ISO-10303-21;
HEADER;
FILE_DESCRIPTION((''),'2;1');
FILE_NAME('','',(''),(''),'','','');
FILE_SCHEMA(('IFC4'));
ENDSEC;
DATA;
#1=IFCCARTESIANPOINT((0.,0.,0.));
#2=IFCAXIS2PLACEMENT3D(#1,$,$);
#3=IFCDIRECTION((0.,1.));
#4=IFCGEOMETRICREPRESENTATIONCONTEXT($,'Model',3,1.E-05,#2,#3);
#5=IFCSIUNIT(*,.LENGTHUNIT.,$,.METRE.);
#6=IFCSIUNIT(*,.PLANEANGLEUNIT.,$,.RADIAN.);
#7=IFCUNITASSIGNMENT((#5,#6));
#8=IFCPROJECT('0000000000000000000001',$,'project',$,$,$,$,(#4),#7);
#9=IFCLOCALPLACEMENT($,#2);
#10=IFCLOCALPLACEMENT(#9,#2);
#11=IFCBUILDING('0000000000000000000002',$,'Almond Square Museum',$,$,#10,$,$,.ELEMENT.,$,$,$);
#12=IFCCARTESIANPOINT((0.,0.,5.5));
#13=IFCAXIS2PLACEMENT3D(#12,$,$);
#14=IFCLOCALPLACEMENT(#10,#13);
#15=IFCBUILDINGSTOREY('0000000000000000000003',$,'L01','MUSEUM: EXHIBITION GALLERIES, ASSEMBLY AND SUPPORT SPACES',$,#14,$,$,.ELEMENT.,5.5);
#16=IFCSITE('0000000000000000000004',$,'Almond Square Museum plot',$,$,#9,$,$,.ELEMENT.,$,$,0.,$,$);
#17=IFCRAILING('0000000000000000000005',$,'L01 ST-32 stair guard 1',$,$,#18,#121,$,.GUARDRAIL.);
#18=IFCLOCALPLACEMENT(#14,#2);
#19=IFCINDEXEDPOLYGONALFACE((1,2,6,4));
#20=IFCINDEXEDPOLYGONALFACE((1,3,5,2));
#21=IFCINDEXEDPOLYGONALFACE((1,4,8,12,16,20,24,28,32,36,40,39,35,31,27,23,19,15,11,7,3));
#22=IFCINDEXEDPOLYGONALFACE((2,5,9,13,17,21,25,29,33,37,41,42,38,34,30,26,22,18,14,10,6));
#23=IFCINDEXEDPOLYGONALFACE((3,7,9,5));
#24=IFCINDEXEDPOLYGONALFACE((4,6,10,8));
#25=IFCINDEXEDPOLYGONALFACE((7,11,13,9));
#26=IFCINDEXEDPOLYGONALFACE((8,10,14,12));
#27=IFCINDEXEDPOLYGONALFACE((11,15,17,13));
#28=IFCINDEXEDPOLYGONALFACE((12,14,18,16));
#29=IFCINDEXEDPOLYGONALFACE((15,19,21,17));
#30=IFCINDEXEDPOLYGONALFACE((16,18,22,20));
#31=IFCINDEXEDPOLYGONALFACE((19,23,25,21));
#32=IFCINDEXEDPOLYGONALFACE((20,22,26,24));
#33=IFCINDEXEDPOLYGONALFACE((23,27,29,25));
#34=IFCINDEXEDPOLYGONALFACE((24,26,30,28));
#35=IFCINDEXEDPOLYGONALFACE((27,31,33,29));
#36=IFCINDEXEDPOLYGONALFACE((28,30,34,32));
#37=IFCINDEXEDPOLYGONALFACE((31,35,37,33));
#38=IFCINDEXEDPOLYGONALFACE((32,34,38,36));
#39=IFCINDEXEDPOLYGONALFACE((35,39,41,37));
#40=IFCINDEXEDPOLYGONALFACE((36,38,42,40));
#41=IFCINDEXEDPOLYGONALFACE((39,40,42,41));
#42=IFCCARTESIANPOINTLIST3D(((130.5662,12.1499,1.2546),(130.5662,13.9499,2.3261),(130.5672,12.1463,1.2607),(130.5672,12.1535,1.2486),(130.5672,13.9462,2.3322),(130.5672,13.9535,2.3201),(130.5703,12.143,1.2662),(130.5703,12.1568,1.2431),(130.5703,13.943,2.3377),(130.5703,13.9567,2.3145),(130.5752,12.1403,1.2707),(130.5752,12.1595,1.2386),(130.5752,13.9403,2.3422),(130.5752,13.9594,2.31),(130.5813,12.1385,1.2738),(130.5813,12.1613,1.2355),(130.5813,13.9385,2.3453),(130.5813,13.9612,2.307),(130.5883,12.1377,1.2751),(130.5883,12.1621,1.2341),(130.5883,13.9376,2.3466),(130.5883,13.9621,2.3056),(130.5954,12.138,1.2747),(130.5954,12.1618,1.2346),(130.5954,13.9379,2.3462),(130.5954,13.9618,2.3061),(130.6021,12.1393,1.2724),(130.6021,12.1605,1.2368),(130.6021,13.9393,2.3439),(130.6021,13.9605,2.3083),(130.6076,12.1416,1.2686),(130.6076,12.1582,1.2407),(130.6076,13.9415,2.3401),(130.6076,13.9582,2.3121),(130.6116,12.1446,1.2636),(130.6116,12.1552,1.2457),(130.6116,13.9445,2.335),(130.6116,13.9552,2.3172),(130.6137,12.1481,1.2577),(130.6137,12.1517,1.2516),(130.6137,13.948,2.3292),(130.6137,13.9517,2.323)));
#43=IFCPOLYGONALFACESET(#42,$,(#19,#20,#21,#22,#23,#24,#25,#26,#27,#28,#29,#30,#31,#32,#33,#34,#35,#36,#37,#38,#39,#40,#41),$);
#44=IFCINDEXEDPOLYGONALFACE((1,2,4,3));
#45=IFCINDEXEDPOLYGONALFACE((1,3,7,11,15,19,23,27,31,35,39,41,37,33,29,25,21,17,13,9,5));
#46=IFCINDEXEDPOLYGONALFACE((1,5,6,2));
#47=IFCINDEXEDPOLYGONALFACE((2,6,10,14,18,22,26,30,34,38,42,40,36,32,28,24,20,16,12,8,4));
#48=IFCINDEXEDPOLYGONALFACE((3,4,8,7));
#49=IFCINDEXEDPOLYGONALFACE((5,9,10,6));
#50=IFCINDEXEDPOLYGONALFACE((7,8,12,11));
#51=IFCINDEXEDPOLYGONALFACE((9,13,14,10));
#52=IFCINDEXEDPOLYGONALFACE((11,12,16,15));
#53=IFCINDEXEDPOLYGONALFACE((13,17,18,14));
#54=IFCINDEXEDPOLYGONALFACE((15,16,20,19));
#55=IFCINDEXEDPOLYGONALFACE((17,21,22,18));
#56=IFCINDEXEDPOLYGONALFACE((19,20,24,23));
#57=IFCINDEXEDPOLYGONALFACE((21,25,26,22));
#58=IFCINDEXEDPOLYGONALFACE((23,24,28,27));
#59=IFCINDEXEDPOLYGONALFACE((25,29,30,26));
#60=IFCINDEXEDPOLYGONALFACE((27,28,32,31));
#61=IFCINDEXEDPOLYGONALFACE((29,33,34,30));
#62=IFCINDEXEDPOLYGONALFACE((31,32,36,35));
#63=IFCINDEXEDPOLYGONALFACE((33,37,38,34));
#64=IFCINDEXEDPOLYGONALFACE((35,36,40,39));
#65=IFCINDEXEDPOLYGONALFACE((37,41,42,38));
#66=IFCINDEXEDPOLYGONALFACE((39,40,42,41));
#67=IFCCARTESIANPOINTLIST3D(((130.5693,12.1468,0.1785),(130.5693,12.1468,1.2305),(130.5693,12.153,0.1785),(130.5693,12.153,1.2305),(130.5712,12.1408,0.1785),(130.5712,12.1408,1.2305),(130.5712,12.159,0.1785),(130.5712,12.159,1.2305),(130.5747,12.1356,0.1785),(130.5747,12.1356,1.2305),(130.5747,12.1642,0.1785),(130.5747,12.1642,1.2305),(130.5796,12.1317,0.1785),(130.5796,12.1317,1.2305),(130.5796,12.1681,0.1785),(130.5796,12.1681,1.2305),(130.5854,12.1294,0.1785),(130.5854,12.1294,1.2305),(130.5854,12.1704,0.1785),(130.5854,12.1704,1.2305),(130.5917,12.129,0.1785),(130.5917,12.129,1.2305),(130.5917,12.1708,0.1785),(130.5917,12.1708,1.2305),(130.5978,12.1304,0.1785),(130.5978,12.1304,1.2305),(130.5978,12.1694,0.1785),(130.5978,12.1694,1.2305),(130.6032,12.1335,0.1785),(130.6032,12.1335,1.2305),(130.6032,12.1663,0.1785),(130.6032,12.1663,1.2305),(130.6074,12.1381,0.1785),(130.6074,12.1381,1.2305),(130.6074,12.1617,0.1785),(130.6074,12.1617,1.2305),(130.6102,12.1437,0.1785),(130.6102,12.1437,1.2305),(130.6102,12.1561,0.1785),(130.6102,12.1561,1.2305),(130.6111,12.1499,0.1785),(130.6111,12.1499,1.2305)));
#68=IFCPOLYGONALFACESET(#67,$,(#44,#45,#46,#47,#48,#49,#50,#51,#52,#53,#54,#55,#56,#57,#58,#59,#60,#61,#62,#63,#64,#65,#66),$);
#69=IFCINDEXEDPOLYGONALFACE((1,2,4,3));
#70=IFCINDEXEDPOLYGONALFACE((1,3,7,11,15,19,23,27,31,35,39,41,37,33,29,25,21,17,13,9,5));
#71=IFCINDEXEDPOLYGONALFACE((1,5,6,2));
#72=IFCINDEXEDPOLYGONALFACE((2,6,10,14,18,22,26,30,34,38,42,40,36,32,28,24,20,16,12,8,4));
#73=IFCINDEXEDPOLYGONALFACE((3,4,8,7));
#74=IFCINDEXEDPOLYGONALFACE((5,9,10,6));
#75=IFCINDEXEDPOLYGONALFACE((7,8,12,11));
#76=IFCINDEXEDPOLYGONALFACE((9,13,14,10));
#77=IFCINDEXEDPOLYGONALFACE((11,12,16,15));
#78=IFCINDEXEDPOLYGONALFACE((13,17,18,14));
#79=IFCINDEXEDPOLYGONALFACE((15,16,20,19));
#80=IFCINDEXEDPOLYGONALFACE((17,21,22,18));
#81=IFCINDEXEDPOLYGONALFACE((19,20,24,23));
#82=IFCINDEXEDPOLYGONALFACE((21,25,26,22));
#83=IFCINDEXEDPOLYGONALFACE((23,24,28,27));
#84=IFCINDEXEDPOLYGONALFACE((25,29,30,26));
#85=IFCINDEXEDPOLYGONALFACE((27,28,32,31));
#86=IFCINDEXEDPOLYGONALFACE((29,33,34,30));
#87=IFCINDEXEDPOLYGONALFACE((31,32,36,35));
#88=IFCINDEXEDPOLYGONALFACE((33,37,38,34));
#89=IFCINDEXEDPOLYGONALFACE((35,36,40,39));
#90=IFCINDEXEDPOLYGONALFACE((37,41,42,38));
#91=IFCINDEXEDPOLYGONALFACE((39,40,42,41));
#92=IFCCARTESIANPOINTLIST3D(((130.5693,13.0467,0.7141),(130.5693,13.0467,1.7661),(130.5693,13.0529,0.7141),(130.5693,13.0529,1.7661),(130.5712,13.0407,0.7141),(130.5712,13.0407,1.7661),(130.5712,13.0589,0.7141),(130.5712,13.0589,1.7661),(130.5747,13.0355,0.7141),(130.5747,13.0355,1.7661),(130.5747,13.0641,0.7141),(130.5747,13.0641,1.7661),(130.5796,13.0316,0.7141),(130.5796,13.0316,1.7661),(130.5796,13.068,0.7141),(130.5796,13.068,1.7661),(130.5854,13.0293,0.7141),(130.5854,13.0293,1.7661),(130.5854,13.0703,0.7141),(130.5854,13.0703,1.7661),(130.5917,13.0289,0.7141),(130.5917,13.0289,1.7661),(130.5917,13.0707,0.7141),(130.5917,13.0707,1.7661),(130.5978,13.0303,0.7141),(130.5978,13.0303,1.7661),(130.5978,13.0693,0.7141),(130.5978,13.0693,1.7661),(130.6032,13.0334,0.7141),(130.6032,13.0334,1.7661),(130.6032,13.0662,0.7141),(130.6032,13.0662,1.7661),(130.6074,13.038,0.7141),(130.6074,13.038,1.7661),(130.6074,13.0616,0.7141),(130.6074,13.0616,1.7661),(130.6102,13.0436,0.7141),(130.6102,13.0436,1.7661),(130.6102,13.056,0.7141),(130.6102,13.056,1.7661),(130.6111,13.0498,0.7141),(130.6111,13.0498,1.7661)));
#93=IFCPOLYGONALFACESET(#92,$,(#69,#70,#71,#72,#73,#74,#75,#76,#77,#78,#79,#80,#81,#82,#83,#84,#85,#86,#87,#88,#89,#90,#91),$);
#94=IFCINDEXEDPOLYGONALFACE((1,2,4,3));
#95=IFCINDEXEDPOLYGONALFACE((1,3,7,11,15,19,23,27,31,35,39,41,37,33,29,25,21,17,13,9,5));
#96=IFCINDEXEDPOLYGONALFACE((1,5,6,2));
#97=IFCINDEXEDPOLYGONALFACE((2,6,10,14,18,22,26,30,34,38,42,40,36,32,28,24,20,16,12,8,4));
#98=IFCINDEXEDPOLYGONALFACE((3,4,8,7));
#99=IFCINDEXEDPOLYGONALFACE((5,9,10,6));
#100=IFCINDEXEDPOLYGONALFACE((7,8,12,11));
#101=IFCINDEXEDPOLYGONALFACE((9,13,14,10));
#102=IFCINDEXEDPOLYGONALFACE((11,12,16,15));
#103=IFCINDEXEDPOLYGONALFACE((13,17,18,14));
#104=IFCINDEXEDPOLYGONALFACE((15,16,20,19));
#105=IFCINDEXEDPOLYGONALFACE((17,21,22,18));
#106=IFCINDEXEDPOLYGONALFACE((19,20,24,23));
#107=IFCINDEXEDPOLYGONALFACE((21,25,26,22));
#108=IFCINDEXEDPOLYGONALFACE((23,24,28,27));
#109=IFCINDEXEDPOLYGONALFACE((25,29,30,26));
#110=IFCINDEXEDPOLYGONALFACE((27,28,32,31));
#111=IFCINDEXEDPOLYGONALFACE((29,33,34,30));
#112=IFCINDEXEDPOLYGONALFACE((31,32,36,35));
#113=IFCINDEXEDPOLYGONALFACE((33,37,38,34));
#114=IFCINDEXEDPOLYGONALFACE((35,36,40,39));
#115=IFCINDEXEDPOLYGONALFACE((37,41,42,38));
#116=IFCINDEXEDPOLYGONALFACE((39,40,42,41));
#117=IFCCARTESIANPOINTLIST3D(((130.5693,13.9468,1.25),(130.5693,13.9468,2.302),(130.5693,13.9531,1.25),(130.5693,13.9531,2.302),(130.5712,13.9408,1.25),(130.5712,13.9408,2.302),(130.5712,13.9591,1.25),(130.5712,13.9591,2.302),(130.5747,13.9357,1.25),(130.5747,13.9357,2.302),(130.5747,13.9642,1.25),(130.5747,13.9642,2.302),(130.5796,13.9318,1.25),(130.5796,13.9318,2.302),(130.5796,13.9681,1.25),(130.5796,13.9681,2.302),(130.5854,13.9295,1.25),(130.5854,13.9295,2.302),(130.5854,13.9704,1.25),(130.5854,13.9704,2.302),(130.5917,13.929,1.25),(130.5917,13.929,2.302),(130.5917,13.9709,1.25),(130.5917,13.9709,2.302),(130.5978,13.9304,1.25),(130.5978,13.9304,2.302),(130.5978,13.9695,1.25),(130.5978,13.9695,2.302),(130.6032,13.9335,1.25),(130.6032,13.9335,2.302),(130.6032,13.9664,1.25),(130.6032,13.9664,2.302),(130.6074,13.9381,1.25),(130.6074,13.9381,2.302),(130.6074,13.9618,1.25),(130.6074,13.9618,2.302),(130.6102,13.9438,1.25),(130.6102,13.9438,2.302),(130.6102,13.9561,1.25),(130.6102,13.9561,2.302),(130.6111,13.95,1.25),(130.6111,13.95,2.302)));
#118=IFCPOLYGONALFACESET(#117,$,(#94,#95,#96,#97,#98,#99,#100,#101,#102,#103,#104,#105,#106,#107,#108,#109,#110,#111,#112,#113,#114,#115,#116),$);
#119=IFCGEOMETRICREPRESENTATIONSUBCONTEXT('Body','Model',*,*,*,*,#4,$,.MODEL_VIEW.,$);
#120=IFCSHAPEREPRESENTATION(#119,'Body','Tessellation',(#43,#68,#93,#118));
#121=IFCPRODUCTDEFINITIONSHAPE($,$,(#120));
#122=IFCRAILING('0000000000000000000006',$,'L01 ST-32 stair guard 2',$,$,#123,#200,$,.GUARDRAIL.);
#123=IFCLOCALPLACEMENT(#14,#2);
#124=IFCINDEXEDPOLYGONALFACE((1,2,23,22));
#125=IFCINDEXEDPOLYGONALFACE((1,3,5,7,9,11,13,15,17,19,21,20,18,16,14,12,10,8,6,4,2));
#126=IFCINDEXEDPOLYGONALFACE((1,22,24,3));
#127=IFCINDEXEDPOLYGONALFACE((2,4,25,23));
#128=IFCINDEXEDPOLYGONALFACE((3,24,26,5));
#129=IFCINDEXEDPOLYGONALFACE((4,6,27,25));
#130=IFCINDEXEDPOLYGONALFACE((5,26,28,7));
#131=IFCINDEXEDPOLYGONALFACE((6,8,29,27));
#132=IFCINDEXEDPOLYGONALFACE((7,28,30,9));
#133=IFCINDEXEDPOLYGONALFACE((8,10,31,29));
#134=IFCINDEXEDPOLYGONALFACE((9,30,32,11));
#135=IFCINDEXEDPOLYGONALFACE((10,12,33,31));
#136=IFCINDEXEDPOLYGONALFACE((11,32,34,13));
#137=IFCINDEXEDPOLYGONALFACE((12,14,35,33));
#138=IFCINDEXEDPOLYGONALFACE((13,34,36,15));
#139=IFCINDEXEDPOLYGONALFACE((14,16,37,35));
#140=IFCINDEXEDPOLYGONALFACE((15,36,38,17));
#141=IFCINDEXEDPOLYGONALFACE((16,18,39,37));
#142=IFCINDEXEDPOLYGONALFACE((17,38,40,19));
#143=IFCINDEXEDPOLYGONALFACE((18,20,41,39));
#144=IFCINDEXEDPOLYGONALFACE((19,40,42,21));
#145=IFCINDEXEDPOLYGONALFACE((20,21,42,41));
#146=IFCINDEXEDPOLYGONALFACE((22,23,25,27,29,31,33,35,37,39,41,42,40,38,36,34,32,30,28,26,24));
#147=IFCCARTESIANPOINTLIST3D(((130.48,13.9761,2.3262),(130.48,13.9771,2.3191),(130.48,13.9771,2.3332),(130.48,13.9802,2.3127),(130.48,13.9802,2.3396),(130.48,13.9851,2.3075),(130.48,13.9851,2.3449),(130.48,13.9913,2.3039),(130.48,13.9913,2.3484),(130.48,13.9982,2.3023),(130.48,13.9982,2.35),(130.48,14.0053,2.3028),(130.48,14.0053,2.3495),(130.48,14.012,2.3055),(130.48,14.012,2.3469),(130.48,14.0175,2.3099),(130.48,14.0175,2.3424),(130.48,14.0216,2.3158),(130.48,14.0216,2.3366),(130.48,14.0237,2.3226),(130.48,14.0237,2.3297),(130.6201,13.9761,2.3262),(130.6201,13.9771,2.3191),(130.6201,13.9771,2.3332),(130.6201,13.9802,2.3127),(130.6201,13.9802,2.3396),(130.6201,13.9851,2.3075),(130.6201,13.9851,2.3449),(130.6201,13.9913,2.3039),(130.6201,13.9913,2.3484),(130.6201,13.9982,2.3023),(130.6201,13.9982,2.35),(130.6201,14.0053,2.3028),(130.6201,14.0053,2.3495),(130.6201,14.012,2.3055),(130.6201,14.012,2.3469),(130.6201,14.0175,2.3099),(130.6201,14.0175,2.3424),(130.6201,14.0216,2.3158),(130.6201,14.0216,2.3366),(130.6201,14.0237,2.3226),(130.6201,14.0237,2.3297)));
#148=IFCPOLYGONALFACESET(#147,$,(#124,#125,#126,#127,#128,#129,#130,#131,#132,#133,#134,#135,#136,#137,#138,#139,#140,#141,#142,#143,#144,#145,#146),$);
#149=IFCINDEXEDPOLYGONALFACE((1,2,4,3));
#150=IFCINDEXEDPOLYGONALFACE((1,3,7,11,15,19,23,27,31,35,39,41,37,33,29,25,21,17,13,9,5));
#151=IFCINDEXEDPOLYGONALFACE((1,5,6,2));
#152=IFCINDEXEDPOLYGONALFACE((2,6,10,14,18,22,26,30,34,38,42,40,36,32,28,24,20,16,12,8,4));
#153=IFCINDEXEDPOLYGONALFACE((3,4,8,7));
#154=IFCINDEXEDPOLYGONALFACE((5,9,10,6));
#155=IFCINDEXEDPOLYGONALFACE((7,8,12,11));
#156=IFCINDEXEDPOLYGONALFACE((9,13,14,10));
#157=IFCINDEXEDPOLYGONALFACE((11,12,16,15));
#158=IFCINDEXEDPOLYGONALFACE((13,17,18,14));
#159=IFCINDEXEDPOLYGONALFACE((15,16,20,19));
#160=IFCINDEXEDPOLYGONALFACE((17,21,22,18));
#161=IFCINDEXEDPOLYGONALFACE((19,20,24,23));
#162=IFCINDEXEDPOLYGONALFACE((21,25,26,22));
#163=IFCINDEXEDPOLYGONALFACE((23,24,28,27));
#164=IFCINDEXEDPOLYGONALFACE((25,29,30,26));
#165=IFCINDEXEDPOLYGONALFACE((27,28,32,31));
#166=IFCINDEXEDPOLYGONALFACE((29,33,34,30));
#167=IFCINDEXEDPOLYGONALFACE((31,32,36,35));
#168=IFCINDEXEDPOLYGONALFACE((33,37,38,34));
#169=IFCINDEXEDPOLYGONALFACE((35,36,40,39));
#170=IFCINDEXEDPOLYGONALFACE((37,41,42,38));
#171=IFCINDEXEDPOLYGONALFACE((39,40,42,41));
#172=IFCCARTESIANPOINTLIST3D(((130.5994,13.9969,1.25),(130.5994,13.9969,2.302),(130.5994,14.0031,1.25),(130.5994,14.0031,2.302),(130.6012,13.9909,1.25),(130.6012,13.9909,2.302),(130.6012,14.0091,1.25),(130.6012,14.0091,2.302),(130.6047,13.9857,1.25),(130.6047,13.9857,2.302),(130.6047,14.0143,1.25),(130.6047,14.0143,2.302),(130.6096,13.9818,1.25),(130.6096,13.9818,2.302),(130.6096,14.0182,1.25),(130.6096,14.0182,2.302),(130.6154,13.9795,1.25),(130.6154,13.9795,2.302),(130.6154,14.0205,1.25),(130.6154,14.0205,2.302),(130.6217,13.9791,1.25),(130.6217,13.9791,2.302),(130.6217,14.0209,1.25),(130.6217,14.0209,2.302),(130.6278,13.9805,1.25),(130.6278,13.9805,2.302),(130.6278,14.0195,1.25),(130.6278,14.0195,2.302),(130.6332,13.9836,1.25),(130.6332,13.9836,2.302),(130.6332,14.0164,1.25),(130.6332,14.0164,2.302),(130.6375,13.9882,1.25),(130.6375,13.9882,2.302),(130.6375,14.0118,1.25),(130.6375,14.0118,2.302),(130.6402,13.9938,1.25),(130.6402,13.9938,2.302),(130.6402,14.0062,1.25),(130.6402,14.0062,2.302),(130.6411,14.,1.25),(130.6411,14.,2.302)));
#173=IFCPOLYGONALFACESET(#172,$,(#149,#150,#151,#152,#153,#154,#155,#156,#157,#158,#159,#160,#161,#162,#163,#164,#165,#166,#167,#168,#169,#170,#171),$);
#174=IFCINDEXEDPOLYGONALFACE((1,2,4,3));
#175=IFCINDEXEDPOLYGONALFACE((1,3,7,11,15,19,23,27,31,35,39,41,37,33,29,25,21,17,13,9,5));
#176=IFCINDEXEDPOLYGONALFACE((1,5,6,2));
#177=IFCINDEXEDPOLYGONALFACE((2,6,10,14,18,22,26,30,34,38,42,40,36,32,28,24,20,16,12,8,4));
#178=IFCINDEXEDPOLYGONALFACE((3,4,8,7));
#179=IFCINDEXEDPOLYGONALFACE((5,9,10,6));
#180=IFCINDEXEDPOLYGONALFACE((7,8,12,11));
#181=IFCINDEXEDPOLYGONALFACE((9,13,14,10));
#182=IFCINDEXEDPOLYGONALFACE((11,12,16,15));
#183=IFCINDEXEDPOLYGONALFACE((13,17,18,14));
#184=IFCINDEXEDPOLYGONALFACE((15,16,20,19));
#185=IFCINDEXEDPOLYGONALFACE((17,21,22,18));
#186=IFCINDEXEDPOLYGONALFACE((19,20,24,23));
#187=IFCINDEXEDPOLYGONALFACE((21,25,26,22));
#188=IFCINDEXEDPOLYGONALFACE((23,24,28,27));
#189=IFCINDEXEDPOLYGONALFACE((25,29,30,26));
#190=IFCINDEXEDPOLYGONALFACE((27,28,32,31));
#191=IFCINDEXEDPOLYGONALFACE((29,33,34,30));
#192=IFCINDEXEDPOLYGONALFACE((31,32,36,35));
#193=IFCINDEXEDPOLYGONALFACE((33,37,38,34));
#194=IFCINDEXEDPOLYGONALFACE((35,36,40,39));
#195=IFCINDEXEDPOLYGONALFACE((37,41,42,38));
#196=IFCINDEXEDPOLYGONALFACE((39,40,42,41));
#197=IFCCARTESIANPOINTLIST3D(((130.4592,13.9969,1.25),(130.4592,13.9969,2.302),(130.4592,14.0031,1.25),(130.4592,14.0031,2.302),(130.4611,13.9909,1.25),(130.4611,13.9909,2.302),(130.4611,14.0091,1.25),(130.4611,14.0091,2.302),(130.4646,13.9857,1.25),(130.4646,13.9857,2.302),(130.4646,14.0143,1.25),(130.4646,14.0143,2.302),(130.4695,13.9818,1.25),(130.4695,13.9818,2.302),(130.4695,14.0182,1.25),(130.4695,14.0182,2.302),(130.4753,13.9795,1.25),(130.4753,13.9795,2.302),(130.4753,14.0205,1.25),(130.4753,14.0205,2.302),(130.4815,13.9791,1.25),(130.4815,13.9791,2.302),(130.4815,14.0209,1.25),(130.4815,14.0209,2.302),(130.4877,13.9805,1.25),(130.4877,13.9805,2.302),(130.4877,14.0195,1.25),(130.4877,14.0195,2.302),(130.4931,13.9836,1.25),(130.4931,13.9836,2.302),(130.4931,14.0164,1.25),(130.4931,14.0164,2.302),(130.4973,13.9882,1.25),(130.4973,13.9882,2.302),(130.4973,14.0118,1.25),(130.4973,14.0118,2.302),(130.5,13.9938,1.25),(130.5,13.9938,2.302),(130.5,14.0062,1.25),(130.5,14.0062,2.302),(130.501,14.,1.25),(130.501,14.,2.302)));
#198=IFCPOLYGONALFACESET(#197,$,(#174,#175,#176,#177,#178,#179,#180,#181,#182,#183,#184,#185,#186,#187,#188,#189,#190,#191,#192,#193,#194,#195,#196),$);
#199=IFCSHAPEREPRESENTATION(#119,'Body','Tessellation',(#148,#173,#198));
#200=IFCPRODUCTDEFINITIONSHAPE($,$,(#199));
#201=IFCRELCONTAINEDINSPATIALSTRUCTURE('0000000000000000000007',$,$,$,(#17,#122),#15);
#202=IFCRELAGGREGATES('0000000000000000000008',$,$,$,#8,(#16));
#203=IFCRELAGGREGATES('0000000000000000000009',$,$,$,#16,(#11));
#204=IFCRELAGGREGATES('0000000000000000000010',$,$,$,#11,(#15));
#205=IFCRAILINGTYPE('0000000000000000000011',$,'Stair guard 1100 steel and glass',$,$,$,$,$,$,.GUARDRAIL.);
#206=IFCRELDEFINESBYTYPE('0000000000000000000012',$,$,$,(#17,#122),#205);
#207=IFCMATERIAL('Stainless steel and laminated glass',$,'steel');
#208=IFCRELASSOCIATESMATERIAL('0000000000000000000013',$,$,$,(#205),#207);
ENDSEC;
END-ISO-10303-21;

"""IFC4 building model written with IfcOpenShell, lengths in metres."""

from ifc_helpers import new_model, si_unit, direction, frame, origin, origin_2d, place, context, subcontext, project, spatial, circle, extrude, material, type_object, element, save


model = new_model("IFC4")

# Units and contexts
model_context = context("Model", 3, precision=1e-05, world=origin(), true_north=direction((0.0, 1.0)))
body_context = subcontext(model_context, "Body", "Model", "MODEL_VIEW")
ifc_project = project(units=[si_unit("LENGTHUNIT", "METRE"), si_unit("PLANEANGLEUNIT", "RADIAN")], contexts=[model_context])

# Site, building, storey
site_placement = place(None, origin())
site = spatial("IfcSite", under=ifc_project, at=site_placement, Name="Almond Square Museum plot", CompositionType="ELEMENT", RefElevation=0.0)
building_placement = place(site_placement, origin())
building = spatial("IfcBuilding", under=site, at=building_placement, Name="Almond Square Museum", CompositionType="ELEMENT")
storey_placement = place(building_placement, frame((0.0, 0.0, 5.5)))
storey = spatial("IfcBuildingStorey", under=building, at=storey_placement, Name="L01", Description="MUSEUM: EXHIBITION GALLERIES, ASSEMBLY AND SUPPORT SPACES", CompositionType="ELEMENT", Elevation=5.5)

# Railings
ifc_material_1 = material(Name="Stainless steel and laminated glass", Category="steel")
railing_type_1 = type_object("IfcRailingType", Name="Stair guard 1100 steel and glass", PredefinedType="GUARDRAIL", material=ifc_material_1)
railing_1_placement = place(storey_placement, frame((130.5901, 12.1499, 0.1785)))
element("IfcRailing", 1, at=railing_1_placement, inside=storey, type_object=railing_type_1, Name="L01 ST-32 stair guard 1", PredefinedType="GUARDRAIL", context=body_context, shape_type="SweptSolid", body=[
    extrude(circle(Radius=0.0239, at=origin_2d()), frame((0.0, 0.0, 1.0762), z_axis=(0.0, 0.859277, 0.51151), x_axis=(-1.0, 0.0, 0.0)), (0.0, 0.0, 1.0), 2.0947),
    extrude(circle(Radius=0.021, at=origin_2d()), origin(), (0.0, 0.0, 1.0), 1.052),
    extrude(circle(Radius=0.021, at=origin_2d()), frame((0.0, 0.8999, 0.5356)), (0.0, 0.0, 1.0), 1.052),
    extrude(circle(Radius=0.021, at=origin_2d()), frame((0.0, 1.8, 1.0715)), (0.0, 0.0, 1.0), 1.052),
])
railing_2_placement = place(storey_placement, frame((130.6201, 14.0, 1.25)))
element("IfcRailing", 2, at=railing_2_placement, inside=storey, type_object=railing_type_1, Name="L01 ST-32 stair guard 2", PredefinedType="GUARDRAIL", context=body_context, shape_type="SweptSolid", body=[
    extrude(circle(Radius=0.0239, at=origin_2d()), frame((0.0, 0.0, 1.0762), z_axis=(-1.0, 0.0, 0.0), x_axis=(0.0, -1.0, 0.0)), (0.0, 0.0, 1.0), 0.1401),
    extrude(circle(Radius=0.021, at=origin_2d()), origin(), (0.0, 0.0, 1.0), 1.052),
    extrude(circle(Radius=0.021, at=origin_2d()), frame((-0.1401, 0.0, 0.0)), (0.0, 0.0, 1.0), 1.052),
])

save(model, "model.ifc")
